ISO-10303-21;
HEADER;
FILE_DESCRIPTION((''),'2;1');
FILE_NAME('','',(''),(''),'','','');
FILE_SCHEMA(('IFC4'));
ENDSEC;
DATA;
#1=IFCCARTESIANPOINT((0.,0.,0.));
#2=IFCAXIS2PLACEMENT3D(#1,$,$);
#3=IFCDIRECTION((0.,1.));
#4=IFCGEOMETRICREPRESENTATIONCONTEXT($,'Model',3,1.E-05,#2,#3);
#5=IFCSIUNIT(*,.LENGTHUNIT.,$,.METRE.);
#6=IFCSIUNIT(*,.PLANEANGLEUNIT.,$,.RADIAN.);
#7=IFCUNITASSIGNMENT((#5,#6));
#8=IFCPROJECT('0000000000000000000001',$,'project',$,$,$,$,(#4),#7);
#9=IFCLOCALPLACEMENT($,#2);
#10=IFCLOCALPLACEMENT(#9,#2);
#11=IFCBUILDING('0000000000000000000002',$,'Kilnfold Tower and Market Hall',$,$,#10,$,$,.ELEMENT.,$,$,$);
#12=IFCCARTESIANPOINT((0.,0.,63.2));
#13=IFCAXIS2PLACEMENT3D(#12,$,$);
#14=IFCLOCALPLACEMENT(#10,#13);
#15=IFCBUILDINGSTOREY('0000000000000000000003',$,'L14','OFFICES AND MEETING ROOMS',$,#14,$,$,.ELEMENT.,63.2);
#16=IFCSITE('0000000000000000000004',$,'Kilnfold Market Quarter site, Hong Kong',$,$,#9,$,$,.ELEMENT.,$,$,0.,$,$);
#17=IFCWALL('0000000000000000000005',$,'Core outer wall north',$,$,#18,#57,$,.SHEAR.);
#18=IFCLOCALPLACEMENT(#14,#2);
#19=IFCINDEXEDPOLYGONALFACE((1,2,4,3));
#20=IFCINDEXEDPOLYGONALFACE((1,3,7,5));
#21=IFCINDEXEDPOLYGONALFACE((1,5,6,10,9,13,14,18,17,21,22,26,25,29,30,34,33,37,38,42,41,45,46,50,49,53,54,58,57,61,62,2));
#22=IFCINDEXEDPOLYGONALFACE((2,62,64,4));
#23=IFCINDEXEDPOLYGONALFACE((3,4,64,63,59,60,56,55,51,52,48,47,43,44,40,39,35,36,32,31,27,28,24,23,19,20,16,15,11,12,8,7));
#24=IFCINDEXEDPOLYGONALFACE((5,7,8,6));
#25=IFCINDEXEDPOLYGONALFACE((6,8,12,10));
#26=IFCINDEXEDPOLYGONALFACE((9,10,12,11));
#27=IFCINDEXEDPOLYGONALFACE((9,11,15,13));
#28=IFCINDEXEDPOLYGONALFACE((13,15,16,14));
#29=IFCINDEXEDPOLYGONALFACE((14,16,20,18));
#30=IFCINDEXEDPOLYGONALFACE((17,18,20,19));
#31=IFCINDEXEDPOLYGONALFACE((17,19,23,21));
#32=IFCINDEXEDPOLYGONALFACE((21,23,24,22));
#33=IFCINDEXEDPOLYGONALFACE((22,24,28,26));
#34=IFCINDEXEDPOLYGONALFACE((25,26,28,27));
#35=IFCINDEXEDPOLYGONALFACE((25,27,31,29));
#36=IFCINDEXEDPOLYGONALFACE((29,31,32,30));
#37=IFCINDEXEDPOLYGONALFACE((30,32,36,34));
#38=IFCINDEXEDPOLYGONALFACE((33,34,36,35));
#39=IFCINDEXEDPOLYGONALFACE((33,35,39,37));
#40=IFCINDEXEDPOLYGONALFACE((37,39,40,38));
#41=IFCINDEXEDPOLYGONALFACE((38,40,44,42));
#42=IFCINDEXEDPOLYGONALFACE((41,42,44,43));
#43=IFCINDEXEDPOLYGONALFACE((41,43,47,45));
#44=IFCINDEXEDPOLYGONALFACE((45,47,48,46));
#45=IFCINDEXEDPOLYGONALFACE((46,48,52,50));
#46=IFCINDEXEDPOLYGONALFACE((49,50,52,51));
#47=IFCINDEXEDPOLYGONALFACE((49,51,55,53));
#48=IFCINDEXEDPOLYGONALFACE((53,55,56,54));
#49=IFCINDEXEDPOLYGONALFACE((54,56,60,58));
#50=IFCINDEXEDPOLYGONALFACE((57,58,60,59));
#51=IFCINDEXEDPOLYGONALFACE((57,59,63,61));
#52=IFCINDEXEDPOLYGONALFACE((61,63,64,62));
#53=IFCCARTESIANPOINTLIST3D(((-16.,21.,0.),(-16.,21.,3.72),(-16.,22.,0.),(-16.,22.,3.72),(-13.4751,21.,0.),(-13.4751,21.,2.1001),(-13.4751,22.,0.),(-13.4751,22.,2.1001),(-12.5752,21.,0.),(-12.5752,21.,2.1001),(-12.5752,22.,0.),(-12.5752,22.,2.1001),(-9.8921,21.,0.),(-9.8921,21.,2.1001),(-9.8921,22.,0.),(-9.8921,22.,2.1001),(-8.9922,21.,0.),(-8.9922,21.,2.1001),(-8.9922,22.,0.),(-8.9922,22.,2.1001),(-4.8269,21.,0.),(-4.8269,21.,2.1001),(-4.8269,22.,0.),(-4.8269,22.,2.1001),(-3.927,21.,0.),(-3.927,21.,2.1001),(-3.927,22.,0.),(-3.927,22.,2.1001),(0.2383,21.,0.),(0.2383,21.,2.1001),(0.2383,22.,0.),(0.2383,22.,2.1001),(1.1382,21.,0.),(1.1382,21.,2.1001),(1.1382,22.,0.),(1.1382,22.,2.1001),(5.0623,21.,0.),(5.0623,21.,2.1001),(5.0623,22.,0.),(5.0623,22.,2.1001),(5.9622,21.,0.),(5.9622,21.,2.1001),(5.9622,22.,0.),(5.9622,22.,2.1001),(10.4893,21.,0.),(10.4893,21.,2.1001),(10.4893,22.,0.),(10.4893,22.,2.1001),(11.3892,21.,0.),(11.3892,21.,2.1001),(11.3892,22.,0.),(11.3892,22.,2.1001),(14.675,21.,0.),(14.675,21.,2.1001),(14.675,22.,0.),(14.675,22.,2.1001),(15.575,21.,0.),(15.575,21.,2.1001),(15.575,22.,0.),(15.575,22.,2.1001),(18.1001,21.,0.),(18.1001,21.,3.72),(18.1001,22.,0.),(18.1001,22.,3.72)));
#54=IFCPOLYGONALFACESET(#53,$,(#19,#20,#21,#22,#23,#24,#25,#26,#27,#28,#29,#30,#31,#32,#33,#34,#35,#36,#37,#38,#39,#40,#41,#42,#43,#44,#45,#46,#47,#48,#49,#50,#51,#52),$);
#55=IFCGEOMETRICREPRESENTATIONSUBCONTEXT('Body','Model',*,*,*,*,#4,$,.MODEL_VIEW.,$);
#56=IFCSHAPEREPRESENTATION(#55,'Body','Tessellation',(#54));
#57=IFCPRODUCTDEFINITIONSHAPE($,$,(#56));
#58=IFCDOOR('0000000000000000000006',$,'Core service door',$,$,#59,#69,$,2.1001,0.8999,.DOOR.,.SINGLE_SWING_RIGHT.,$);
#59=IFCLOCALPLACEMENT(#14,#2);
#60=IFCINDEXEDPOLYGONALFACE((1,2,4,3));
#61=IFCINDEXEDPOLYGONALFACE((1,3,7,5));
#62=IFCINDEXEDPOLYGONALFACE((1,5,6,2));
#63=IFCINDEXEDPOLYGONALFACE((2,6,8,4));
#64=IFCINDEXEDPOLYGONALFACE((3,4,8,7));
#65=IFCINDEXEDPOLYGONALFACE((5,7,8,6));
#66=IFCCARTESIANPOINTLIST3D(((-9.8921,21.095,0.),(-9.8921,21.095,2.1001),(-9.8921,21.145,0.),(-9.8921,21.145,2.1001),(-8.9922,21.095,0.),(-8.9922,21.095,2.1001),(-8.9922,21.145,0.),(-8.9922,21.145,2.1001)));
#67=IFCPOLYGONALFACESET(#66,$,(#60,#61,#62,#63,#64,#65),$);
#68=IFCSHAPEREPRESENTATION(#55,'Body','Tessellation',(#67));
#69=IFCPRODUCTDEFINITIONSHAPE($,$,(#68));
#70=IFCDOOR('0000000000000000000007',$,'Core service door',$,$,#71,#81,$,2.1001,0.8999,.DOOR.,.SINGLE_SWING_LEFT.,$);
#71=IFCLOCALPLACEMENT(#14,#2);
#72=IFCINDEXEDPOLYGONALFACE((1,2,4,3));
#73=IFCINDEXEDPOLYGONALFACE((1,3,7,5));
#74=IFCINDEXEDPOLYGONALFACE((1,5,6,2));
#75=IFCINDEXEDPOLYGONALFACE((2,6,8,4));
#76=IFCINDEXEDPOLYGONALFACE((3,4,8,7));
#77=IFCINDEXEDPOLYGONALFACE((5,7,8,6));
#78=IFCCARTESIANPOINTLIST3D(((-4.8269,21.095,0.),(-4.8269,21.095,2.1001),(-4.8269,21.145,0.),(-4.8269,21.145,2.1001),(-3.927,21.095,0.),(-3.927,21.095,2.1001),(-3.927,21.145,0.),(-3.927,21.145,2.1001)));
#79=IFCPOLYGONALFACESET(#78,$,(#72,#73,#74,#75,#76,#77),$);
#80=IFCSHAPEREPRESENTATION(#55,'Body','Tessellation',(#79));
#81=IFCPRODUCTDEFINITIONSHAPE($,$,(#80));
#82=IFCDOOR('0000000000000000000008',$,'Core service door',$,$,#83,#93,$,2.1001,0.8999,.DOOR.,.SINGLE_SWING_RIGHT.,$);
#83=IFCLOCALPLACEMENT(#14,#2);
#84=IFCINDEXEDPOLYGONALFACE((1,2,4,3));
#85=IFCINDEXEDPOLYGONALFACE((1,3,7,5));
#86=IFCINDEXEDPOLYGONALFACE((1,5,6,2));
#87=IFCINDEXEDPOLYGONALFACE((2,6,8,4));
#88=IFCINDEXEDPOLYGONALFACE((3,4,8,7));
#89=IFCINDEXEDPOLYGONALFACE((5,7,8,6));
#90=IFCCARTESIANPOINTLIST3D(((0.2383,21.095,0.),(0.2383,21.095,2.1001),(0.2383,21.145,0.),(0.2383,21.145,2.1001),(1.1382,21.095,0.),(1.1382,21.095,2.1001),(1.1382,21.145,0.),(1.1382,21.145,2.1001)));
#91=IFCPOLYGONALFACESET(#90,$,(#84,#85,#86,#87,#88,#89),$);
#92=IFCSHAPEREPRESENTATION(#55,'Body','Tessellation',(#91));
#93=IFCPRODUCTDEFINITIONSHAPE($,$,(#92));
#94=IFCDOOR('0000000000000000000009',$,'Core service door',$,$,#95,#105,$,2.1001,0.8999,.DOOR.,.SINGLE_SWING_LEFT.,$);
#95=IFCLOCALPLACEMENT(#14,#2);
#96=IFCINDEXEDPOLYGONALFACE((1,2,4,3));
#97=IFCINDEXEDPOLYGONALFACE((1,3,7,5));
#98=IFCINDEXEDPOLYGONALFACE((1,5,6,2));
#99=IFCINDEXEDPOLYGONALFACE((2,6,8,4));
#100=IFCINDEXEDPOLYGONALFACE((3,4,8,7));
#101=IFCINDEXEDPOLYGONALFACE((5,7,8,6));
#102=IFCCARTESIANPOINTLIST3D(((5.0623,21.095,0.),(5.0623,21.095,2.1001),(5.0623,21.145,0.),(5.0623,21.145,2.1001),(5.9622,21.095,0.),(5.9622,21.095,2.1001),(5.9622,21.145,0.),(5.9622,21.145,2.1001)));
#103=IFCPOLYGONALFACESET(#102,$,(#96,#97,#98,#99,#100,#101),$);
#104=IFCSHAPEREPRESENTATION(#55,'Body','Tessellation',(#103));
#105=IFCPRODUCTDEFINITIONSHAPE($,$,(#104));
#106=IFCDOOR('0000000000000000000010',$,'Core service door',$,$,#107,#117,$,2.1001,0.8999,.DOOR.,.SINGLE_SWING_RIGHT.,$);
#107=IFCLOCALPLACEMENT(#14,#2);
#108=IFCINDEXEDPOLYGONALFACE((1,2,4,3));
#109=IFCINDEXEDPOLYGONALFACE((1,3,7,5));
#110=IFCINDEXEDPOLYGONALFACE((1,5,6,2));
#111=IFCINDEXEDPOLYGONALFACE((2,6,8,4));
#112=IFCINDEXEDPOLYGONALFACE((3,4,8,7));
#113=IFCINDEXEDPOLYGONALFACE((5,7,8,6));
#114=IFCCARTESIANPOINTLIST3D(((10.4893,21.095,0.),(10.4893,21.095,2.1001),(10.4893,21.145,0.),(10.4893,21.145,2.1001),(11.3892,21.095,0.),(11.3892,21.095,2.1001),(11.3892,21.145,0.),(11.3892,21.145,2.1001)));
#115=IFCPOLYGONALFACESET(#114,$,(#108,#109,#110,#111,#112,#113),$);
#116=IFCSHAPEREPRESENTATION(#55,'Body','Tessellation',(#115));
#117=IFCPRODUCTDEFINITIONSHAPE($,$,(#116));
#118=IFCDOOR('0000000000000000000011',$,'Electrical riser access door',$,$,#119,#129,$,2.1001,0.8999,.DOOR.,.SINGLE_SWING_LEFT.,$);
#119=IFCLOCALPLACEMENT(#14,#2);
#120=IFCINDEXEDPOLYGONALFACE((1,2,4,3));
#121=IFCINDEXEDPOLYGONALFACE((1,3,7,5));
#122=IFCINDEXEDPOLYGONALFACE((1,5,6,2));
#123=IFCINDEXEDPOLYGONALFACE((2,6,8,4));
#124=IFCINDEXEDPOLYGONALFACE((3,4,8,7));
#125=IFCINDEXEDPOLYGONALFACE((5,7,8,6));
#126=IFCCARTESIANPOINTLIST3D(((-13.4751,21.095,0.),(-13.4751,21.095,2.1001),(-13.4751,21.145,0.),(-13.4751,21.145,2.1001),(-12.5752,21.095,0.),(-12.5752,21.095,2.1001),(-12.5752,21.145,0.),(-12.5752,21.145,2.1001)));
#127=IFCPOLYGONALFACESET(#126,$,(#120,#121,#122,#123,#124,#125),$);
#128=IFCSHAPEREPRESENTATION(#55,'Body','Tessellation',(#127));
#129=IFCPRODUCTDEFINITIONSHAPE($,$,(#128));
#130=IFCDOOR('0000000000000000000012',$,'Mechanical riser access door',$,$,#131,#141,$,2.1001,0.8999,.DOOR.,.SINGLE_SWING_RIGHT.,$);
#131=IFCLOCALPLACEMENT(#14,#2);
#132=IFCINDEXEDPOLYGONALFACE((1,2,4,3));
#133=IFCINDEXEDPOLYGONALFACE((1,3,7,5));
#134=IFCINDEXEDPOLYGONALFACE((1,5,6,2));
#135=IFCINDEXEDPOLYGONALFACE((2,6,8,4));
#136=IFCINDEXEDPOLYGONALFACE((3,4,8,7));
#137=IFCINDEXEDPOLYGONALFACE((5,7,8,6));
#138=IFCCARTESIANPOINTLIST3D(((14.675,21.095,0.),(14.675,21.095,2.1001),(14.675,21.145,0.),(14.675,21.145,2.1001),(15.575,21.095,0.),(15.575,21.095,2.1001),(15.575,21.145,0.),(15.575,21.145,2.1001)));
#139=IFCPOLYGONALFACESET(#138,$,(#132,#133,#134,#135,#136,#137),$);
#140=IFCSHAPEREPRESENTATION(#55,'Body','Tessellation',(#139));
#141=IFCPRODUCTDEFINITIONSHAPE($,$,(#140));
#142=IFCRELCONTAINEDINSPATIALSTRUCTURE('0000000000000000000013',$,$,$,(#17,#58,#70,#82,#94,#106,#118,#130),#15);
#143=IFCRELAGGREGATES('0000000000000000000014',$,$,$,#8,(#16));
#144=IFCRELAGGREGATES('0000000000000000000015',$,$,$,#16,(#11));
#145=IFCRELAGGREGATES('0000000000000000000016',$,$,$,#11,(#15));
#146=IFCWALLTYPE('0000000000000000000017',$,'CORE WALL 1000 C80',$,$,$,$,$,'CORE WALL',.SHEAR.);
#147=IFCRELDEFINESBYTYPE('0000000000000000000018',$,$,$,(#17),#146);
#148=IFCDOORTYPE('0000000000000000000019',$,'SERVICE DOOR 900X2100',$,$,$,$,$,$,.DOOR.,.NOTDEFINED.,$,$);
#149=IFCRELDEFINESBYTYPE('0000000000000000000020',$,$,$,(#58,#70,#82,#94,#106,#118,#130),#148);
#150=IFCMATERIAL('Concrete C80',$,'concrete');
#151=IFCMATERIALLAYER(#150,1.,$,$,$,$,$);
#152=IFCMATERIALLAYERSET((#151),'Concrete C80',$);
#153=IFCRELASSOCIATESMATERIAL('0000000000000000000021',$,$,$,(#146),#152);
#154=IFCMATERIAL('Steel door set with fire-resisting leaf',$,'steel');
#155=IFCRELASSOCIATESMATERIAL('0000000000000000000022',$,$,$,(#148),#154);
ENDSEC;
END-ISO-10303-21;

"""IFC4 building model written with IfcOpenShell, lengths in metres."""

from ifc_helpers import new_model, si_unit, direction, frame, frame_2d, origin, place, context, subcontext, project, spatial, rectangle, extrude, source, transform, mapped, material, layer, layer_set, type_object, element, fill, save


model = new_model("IFC4")

# Units and contexts
model_context = context("Model", 3, precision=1e-05, world=origin(), true_north=direction((0.0, 1.0)))
body_context = subcontext(model_context, "Body", "Model", "MODEL_VIEW")
ifc_project = project(units=[si_unit("LENGTHUNIT", "METRE"), si_unit("PLANEANGLEUNIT", "RADIAN")], contexts=[model_context])

# Site, building, storey
site_placement = place(None, origin())
site = spatial("IfcSite", under=ifc_project, at=site_placement, Name="Kilnfold Market Quarter site, Hong Kong", CompositionType="ELEMENT", RefElevation=0.0)
building_placement = place(site_placement, origin())
building = spatial("IfcBuilding", under=site, at=building_placement, Name="Kilnfold Tower and Market Hall", CompositionType="ELEMENT")
storey_placement = place(building_placement, frame((0.0, 0.0, 63.2)))
storey = spatial("IfcBuildingStorey", under=building, at=storey_placement, Name="L14", Description="OFFICES AND MEETING ROOMS", CompositionType="ELEMENT", Elevation=63.2)

# Wall, openings, doors
ifc_material_1 = material(Name="Concrete C80", Category="concrete")
ifc_layer_1 = layer(ifc_material_1, 1.0)
ifc_layer_set_1 = layer_set([ifc_layer_1], Name="Concrete C80")
wall_type_1 = type_object("IfcWallType", Name="CORE WALL 1000 C80", ElementType="CORE WALL", PredefinedType="SHEAR", material=ifc_layer_set_1)
shared_shape_1 = source(origin(), body_context, "Body", "SweptSolid", [
    extrude(rectangle(XDim=34.1001, YDim=1.0, at=frame_2d((17.05, 0.0))), origin(), (0.0, 0.0, 1.0), 3.72),
])
wall_1_placement = place(storey_placement, frame((-16.0, 21.5, 0.0), z_axis=(0.0, 0.0, 1.0), x_axis=(1.0, 0.0, 0.0)))
wall_1 = element("IfcWall", 1, at=wall_1_placement, inside=storey, type_object=wall_type_1, Name="Core outer wall north", PredefinedType="SHEAR", context=body_context, shape_type="MappedRepresentation", body=[
    mapped(shared_shape_1, transform((0.0, 0.0, 0.0))),
])
opening_1_placement = place(wall_1_placement, frame((6.1079, 0.0, 0.0)))
opening_1 = element("IfcOpeningElement", 2, at=opening_1_placement, cuts=wall_1, PredefinedType="OPENING", context=body_context, shape_type="SweptSolid", body=[
    extrude(rectangle(XDim=0.8999, YDim=2.1001, at=frame_2d((0.45, 1.05))), frame((0.0, 0.51, 0.0), z_axis=(0.0, -1.0, 0.0), x_axis=(1.0, 0.0, 0.0)), (0.0, 0.0, 1.0), 1.02),
])
opening_2_placement = place(wall_1_placement, frame((11.1731, 0.0, 0.0)))
opening_2 = element("IfcOpeningElement", 3, at=opening_2_placement, cuts=wall_1, PredefinedType="OPENING", context=body_context, shape_type="SweptSolid", body=[
    extrude(rectangle(XDim=0.8999, YDim=2.1001, at=frame_2d((0.45, 1.05))), frame((0.0, 0.51, 0.0), z_axis=(0.0, -1.0, 0.0), x_axis=(1.0, 0.0, 0.0)), (0.0, 0.0, 1.0), 1.02),
])
opening_3_placement = place(wall_1_placement, frame((16.2383, 0.0, 0.0)))
opening_3 = element("IfcOpeningElement", 4, at=opening_3_placement, cuts=wall_1, PredefinedType="OPENING", context=body_context, shape_type="SweptSolid", body=[
    extrude(rectangle(XDim=0.8999, YDim=2.1001, at=frame_2d((0.45, 1.05))), frame((0.0, 0.51, 0.0), z_axis=(0.0, -1.0, 0.0), x_axis=(1.0, 0.0, 0.0)), (0.0, 0.0, 1.0), 1.02),
])
opening_4_placement = place(wall_1_placement, frame((21.0623, 0.0, 0.0)))
opening_4 = element("IfcOpeningElement", 5, at=opening_4_placement, cuts=wall_1, PredefinedType="OPENING", context=body_context, shape_type="SweptSolid", body=[
    extrude(rectangle(XDim=0.8999, YDim=2.1001, at=frame_2d((0.45, 1.05))), frame((0.0, 0.51, 0.0), z_axis=(0.0, -1.0, 0.0), x_axis=(1.0, 0.0, 0.0)), (0.0, 0.0, 1.0), 1.02),
])
opening_5_placement = place(wall_1_placement, frame((26.4893, 0.0, 0.0)))
opening_5 = element("IfcOpeningElement", 6, at=opening_5_placement, cuts=wall_1, PredefinedType="OPENING", context=body_context, shape_type="SweptSolid", body=[
    extrude(rectangle(XDim=0.8999, YDim=2.1001, at=frame_2d((0.45, 1.05))), frame((0.0, 0.51, 0.0), z_axis=(0.0, -1.0, 0.0), x_axis=(1.0, 0.0, 0.0)), (0.0, 0.0, 1.0), 1.02),
])
opening_6_placement = place(wall_1_placement, frame((2.5249, 0.0, 0.0)))
opening_6 = element("IfcOpeningElement", 7, at=opening_6_placement, cuts=wall_1, PredefinedType="OPENING", context=body_context, shape_type="SweptSolid", body=[
    extrude(rectangle(XDim=0.8999, YDim=2.1001, at=frame_2d((0.45, 1.05))), frame((0.0, 0.51, 0.0), z_axis=(0.0, -1.0, 0.0), x_axis=(1.0, 0.0, 0.0)), (0.0, 0.0, 1.0), 1.02),
])
opening_7_placement = place(wall_1_placement, frame((30.675, 0.0, 0.0)))
opening_7 = element("IfcOpeningElement", 8, at=opening_7_placement, cuts=wall_1, PredefinedType="OPENING", context=body_context, shape_type="SweptSolid", body=[
    extrude(rectangle(XDim=0.8999, YDim=2.1001, at=frame_2d((0.45, 1.05))), frame((0.0, 0.51, 0.0), z_axis=(0.0, -1.0, 0.0), x_axis=(1.0, 0.0, 0.0)), (0.0, 0.0, 1.0), 1.02),
])
ifc_material_2 = material(Name="Steel door set with fire-resisting leaf", Category="steel")
door_type = type_object("IfcDoorType", Name="SERVICE DOOR 900X2100", OperationType="NOTDEFINED", PredefinedType="DOOR", material=ifc_material_2)
door_1_placement = place(opening_1_placement, origin())
door_1 = element("IfcDoor", 9, at=door_1_placement, inside=storey, type_object=door_type, Name="Core service door", OperationType="SINGLE_SWING_RIGHT", OverallHeight=2.1001, OverallWidth=0.8999, PredefinedType="DOOR", context=body_context, shape_type="SweptSolid", body=[
    extrude(rectangle(XDim=0.8999, YDim=2.1001, at=frame_2d((0.45, 1.05))), frame((0.0, -0.355, 0.0), z_axis=(0.0, -1.0, 0.0), x_axis=(1.0, 0.0, 0.0)), (0.0, 0.0, 1.0), 0.05),
])
fill(opening_1, door_1)
door_2_placement = place(opening_2_placement, origin())
door_2 = element("IfcDoor", 10, at=door_2_placement, inside=storey, type_object=door_type, Name="Core service door", OperationType="SINGLE_SWING_LEFT", OverallHeight=2.1001, OverallWidth=0.8999, PredefinedType="DOOR", context=body_context, shape_type="SweptSolid", body=[
    extrude(rectangle(XDim=0.8999, YDim=2.1001, at=frame_2d((0.45, 1.05))), frame((0.0, -0.355, 0.0), z_axis=(0.0, -1.0, 0.0), x_axis=(1.0, 0.0, 0.0)), (0.0, 0.0, 1.0), 0.05),
])
fill(opening_2, door_2)
door_3_placement = place(opening_3_placement, origin())
door_3 = element("IfcDoor", 11, at=door_3_placement, inside=storey, type_object=door_type, Name="Core service door", OperationType="SINGLE_SWING_RIGHT", OverallHeight=2.1001, OverallWidth=0.8999, PredefinedType="DOOR", context=body_context, shape_type="SweptSolid", body=[
    extrude(rectangle(XDim=0.8999, YDim=2.1001, at=frame_2d((0.45, 1.05))), frame((0.0, -0.355, 0.0), z_axis=(0.0, -1.0, 0.0), x_axis=(1.0, 0.0, 0.0)), (0.0, 0.0, 1.0), 0.05),
])
fill(opening_3, door_3)
door_4_placement = place(opening_4_placement, origin())
door_4 = element("IfcDoor", 12, at=door_4_placement, inside=storey, type_object=door_type, Name="Core service door", OperationType="SINGLE_SWING_LEFT", OverallHeight=2.1001, OverallWidth=0.8999, PredefinedType="DOOR", context=body_context, shape_type="SweptSolid", body=[
    extrude(rectangle(XDim=0.8999, YDim=2.1001, at=frame_2d((0.45, 1.05))), frame((0.0, -0.355, 0.0), z_axis=(0.0, -1.0, 0.0), x_axis=(1.0, 0.0, 0.0)), (0.0, 0.0, 1.0), 0.05),
])
fill(opening_4, door_4)
door_5_placement = place(opening_5_placement, origin())
door_5 = element("IfcDoor", 13, at=door_5_placement, inside=storey, type_object=door_type, Name="Core service door", OperationType="SINGLE_SWING_RIGHT", OverallHeight=2.1001, OverallWidth=0.8999, PredefinedType="DOOR", context=body_context, shape_type="SweptSolid", body=[
    extrude(rectangle(XDim=0.8999, YDim=2.1001, at=frame_2d((0.45, 1.05))), frame((0.0, -0.355, 0.0), z_axis=(0.0, -1.0, 0.0), x_axis=(1.0, 0.0, 0.0)), (0.0, 0.0, 1.0), 0.05),
])
fill(opening_5, door_5)
door_6_placement = place(opening_6_placement, origin())
door_6 = element("IfcDoor", 14, at=door_6_placement, inside=storey, type_object=door_type, Name="Electrical riser access door", OperationType="SINGLE_SWING_LEFT", OverallHeight=2.1001, OverallWidth=0.8999, PredefinedType="DOOR", context=body_context, shape_type="SweptSolid", body=[
    extrude(rectangle(XDim=0.8999, YDim=2.1001, at=frame_2d((0.45, 1.05))), frame((0.0, -0.355, 0.0), z_axis=(0.0, -1.0, 0.0), x_axis=(1.0, 0.0, 0.0)), (0.0, 0.0, 1.0), 0.05),
])
fill(opening_6, door_6)
door_7_placement = place(opening_7_placement, origin())
door_7 = element("IfcDoor", 15, at=door_7_placement, inside=storey, type_object=door_type, Name="Mechanical riser access door", OperationType="SINGLE_SWING_RIGHT", OverallHeight=2.1001, OverallWidth=0.8999, PredefinedType="DOOR", context=body_context, shape_type="SweptSolid", body=[
    extrude(rectangle(XDim=0.8999, YDim=2.1001, at=frame_2d((0.45, 1.05))), frame((0.0, -0.355, 0.0), z_axis=(0.0, -1.0, 0.0), x_axis=(1.0, 0.0, 0.0)), (0.0, 0.0, 1.0), 0.05),
])
fill(opening_7, door_7)

save(model, "model.ifc")
